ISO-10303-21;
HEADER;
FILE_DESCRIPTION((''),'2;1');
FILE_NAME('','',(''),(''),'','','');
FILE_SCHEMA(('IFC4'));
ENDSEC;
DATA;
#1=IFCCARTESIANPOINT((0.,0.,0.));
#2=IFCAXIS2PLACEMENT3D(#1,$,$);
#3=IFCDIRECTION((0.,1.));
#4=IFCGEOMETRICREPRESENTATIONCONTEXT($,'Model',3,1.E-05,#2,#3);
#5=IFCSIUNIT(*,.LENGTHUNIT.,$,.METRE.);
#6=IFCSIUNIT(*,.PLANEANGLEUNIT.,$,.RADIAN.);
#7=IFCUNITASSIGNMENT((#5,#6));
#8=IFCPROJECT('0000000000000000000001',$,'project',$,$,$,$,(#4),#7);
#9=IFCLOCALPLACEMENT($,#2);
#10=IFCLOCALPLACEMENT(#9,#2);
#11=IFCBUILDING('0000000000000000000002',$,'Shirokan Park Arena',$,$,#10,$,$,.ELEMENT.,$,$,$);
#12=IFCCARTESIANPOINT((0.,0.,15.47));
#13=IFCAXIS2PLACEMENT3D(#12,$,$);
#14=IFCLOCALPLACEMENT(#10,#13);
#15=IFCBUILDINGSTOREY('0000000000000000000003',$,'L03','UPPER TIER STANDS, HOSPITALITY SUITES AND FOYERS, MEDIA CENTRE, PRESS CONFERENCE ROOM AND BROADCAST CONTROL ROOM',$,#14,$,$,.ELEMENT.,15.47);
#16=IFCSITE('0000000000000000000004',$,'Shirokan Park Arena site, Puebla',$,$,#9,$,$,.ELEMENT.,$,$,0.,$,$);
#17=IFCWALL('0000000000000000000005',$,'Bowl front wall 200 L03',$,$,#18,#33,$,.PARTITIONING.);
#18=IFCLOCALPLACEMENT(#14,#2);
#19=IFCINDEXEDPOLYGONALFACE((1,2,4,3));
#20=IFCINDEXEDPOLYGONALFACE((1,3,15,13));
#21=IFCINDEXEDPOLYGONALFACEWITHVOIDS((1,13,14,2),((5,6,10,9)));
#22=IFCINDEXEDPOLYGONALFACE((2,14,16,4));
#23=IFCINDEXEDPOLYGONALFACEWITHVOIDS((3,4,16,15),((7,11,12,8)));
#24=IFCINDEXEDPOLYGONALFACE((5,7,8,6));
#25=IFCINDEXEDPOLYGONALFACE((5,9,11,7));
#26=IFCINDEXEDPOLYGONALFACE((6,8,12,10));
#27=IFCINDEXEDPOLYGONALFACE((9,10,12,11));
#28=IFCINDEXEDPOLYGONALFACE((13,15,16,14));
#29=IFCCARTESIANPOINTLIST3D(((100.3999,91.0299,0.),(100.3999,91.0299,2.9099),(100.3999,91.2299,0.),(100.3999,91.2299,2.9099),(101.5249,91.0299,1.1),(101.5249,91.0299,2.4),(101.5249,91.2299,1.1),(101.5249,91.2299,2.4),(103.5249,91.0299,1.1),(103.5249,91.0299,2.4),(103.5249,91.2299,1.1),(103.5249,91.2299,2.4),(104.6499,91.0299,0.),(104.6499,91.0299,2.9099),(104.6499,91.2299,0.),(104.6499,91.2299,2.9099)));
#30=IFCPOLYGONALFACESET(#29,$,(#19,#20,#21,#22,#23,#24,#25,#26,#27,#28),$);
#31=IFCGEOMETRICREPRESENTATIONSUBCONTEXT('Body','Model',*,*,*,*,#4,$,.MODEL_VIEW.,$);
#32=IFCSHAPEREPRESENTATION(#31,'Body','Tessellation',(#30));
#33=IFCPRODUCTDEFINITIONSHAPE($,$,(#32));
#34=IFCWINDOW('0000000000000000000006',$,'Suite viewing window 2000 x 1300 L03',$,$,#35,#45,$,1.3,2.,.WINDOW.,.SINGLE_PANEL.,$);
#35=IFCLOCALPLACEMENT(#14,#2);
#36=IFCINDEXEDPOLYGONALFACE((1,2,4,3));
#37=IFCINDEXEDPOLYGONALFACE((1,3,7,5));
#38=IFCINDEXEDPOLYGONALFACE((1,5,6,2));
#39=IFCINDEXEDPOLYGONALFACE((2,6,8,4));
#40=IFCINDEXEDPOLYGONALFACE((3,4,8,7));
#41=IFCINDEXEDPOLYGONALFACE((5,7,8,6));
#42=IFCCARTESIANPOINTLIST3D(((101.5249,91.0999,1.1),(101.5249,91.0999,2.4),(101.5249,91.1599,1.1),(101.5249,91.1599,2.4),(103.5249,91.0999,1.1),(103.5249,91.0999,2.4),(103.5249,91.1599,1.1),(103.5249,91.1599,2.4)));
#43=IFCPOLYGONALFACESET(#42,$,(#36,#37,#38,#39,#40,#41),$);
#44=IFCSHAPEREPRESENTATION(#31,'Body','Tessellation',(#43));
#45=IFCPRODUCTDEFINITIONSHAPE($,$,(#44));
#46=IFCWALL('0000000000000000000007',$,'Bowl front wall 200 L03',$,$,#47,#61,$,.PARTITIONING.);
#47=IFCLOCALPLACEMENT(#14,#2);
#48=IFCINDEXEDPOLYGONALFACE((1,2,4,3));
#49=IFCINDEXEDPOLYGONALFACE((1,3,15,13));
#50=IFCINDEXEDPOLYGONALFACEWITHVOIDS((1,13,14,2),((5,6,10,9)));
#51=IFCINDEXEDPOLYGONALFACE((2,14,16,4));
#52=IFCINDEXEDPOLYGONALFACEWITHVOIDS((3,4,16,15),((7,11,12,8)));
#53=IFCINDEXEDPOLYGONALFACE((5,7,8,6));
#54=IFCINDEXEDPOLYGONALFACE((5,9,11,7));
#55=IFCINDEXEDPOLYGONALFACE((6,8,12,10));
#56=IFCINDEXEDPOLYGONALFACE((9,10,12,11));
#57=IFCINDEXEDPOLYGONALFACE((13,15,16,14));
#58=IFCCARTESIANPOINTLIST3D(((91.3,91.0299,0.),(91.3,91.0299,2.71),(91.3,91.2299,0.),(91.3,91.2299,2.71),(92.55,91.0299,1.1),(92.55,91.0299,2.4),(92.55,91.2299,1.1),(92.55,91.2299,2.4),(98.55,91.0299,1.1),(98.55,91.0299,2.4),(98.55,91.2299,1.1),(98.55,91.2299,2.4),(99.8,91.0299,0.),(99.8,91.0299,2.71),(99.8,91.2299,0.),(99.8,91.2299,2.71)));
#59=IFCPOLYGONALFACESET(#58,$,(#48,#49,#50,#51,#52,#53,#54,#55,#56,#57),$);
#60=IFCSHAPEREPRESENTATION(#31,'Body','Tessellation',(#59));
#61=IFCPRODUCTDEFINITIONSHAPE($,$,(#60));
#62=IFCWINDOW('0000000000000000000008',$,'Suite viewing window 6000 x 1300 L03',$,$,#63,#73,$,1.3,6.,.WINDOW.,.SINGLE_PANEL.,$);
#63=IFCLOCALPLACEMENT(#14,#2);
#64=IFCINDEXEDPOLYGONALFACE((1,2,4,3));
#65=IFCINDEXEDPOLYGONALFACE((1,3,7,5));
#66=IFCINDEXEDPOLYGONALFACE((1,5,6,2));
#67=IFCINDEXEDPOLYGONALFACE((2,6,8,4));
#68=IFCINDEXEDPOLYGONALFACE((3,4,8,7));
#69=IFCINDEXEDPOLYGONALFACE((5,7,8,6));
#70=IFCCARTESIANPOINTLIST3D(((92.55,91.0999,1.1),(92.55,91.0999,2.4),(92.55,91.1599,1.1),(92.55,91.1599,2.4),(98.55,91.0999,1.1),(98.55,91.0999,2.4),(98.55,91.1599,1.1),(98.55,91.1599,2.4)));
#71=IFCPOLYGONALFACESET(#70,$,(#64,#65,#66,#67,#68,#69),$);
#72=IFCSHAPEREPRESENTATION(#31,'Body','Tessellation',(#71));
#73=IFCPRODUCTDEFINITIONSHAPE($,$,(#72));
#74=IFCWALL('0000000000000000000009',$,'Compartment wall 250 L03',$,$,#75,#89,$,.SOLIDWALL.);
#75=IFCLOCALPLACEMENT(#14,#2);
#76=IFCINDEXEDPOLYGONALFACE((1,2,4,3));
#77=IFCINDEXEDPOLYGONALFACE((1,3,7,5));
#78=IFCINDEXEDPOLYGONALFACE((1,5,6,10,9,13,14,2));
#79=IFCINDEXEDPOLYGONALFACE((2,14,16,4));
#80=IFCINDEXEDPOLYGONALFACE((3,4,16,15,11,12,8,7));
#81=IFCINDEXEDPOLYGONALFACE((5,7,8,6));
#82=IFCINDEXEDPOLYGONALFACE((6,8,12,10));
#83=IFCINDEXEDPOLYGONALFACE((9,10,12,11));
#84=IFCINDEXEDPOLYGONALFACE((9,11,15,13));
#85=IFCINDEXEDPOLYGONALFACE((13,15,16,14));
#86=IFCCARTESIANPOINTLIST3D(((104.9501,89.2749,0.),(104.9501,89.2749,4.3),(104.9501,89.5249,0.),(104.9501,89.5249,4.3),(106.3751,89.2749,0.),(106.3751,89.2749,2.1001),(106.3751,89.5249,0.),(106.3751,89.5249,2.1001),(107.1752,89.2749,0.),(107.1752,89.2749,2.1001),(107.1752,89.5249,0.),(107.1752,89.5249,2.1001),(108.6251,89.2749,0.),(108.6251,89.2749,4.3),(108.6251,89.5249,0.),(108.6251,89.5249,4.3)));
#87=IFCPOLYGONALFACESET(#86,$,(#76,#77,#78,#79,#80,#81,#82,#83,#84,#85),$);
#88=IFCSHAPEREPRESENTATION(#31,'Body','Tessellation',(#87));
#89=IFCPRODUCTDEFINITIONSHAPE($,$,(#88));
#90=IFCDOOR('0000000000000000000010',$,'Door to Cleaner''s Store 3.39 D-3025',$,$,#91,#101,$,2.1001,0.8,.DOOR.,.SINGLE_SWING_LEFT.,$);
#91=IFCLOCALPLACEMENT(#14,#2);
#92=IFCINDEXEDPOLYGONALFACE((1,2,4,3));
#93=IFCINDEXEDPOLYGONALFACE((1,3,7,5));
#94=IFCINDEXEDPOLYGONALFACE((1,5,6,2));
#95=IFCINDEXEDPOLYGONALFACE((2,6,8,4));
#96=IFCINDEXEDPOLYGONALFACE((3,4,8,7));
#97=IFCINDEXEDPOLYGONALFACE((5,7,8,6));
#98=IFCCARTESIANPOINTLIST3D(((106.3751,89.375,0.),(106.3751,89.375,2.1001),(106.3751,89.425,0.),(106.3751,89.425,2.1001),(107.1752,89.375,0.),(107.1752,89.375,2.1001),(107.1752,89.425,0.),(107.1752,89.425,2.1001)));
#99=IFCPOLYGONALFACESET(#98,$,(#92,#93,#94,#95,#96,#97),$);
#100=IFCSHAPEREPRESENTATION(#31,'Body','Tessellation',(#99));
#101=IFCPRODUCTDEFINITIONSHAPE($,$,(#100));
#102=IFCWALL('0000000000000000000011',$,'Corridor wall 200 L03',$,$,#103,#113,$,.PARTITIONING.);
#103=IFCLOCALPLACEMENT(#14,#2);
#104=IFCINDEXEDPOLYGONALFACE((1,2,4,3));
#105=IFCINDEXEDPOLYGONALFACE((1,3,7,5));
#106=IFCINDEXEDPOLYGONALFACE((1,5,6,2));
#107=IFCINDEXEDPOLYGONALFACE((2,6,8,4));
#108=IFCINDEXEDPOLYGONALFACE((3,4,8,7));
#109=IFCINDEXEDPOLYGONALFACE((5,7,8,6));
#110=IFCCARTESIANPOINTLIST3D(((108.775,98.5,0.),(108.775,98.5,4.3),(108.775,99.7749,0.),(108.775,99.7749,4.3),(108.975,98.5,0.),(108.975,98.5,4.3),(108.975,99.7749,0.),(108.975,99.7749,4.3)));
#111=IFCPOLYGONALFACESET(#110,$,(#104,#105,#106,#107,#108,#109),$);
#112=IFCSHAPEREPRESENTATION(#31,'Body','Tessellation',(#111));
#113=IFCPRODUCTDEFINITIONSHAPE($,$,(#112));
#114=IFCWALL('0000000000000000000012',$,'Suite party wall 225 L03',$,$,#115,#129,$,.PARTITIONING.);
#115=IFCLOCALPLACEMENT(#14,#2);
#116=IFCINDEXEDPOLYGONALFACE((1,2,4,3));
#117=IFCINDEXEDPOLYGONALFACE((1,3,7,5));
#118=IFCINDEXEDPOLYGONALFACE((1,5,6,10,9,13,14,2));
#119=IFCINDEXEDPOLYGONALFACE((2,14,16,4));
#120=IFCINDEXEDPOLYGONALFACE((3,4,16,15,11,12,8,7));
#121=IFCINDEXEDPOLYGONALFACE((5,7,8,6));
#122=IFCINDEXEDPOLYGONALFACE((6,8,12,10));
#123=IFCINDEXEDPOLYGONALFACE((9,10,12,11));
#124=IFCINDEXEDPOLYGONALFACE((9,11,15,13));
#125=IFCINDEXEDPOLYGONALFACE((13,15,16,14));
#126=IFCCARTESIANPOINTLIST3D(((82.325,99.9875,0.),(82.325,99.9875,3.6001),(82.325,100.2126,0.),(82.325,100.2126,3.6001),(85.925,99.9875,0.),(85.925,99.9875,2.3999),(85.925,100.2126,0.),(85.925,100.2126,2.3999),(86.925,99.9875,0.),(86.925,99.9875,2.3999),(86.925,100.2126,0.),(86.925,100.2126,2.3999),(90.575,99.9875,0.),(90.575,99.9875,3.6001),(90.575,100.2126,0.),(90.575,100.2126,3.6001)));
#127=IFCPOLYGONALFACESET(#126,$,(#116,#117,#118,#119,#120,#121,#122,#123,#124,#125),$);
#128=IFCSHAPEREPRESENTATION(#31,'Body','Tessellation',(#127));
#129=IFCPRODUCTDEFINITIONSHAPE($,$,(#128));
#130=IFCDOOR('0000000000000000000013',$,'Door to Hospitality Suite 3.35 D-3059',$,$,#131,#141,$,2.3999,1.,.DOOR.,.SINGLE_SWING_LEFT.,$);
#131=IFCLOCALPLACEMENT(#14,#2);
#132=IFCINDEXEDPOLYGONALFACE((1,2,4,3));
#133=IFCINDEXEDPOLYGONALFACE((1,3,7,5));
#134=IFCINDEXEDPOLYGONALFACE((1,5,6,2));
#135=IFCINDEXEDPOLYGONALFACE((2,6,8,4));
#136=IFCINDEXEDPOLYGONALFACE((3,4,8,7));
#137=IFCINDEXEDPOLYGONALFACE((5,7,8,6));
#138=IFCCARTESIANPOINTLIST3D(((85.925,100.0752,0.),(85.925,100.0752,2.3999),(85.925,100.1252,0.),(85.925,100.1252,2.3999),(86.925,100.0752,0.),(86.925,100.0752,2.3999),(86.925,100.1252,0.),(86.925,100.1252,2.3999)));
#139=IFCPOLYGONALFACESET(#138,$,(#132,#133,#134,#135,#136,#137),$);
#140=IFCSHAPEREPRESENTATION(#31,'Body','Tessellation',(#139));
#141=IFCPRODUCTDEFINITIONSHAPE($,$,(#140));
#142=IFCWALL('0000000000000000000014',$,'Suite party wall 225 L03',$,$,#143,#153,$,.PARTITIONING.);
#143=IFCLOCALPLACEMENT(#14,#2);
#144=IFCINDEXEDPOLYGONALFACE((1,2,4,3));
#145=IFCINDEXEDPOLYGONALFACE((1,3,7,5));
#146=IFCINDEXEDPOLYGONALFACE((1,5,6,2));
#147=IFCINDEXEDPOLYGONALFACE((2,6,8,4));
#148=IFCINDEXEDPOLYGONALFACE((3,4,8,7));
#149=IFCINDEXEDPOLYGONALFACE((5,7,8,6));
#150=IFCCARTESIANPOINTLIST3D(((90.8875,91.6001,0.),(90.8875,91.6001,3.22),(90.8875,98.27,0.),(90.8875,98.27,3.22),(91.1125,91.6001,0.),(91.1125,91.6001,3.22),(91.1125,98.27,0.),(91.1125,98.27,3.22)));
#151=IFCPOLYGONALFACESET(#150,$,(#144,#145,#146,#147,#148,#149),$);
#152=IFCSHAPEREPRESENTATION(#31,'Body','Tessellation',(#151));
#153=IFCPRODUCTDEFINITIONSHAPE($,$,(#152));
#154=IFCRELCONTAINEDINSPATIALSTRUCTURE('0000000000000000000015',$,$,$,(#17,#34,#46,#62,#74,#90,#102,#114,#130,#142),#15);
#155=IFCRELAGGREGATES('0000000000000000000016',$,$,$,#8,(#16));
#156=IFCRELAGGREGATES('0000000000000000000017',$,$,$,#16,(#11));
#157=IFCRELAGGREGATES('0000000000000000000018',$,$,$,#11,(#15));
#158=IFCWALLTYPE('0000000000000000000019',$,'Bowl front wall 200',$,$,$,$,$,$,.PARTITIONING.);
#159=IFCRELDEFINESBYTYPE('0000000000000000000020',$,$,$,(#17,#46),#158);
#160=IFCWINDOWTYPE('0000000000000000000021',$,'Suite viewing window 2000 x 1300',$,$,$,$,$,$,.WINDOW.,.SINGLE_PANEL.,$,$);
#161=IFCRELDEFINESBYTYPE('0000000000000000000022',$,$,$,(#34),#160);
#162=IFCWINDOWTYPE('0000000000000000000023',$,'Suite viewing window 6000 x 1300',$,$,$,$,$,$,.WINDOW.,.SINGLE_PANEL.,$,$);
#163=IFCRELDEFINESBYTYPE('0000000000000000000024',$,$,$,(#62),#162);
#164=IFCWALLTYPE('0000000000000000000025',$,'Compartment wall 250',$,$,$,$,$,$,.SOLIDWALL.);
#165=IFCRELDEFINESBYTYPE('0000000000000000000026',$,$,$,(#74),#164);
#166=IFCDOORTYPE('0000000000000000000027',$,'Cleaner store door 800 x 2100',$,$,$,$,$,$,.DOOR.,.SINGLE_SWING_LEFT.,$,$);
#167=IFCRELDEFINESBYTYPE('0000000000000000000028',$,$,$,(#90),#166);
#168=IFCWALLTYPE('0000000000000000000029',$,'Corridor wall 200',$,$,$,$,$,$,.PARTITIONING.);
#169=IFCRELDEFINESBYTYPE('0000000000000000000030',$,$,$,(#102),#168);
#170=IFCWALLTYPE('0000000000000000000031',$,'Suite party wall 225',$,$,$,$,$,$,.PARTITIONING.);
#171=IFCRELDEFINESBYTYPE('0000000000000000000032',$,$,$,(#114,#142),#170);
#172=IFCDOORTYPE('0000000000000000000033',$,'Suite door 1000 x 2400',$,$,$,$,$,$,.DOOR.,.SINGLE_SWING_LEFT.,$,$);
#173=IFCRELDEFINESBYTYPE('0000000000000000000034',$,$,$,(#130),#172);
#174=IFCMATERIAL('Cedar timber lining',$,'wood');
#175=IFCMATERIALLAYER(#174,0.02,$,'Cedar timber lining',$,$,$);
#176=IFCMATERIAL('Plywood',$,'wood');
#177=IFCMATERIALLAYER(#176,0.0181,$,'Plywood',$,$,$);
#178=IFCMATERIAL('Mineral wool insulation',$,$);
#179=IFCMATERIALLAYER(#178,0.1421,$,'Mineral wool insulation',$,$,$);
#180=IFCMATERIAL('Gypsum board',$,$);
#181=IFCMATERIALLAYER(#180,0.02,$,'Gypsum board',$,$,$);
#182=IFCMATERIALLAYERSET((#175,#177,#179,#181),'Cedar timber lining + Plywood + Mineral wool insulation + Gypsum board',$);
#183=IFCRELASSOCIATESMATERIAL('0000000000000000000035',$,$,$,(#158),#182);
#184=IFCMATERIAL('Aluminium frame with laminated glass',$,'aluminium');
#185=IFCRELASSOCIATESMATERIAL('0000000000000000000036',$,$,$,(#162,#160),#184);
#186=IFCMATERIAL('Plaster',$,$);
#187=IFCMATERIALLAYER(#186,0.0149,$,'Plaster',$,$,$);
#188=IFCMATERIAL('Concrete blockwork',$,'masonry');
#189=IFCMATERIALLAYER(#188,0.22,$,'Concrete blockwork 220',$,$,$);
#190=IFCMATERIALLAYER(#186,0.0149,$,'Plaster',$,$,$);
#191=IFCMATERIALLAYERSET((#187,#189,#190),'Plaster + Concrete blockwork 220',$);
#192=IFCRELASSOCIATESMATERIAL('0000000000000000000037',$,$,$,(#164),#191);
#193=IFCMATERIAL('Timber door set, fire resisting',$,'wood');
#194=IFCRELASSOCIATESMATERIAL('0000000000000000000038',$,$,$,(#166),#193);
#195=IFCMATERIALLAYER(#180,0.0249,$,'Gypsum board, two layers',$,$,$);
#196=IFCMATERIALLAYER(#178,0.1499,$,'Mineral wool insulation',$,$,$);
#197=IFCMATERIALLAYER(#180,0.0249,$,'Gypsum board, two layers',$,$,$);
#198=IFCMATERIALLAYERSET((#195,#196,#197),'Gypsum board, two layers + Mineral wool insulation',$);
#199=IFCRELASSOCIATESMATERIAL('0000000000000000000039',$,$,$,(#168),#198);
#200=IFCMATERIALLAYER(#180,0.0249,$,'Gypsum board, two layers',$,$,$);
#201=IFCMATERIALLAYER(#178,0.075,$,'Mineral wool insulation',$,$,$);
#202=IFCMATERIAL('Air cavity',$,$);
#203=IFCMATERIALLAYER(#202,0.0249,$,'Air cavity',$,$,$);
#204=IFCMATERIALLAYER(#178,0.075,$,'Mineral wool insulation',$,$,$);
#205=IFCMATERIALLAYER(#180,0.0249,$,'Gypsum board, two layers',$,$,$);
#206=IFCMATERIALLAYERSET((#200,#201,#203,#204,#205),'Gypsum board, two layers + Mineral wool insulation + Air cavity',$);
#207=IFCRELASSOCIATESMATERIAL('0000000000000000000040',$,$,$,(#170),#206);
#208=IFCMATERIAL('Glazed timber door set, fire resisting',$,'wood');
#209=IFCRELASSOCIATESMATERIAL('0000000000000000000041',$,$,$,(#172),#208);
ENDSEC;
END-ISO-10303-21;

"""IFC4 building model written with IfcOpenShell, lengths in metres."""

from ifc_helpers import new_model, si_unit, direction, frame, frame_2d, origin, place, context, subcontext, project, spatial, rectangle, extrude, material, layer, layer_set, type_object, element, fill, save


model = new_model("IFC4")

# Units and contexts
model_context = context("Model", 3, precision=1e-05, world=origin(), true_north=direction((0.0, 1.0)))
body_context = subcontext(model_context, "Body", "Model", "MODEL_VIEW")
ifc_project = project(units=[si_unit("LENGTHUNIT", "METRE"), si_unit("PLANEANGLEUNIT", "RADIAN")], contexts=[model_context])

# Site, building, storey
site_placement = place(None, origin())
site = spatial("IfcSite", under=ifc_project, at=site_placement, Name="Shirokan Park Arena site, Puebla", CompositionType="ELEMENT", RefElevation=0.0)
building_placement = place(site_placement, origin())
building = spatial("IfcBuilding", under=site, at=building_placement, Name="Shirokan Park Arena", CompositionType="ELEMENT")
storey_placement = place(building_placement, frame((0.0, 0.0, 15.47)))
storey = spatial("IfcBuildingStorey", under=building, at=storey_placement, Name="L03", Description="UPPER TIER STANDS, HOSPITALITY SUITES AND FOYERS, MEDIA CENTRE, PRESS CONFERENCE ROOM AND BROADCAST CONTROL ROOM", CompositionType="ELEMENT", Elevation=15.47)

# Walls, openings, windows
ifc_material_1 = material(Name="Cedar timber lining", Category="wood")
ifc_layer_1 = layer(ifc_material_1, 0.02, Name="Cedar timber lining")
ifc_material_2 = material(Name="Plywood", Category="wood")
ifc_layer_2 = layer(ifc_material_2, 0.0181, Name="Plywood")
ifc_material_3 = material(Name="Mineral wool insulation")
ifc_layer_3 = layer(ifc_material_3, 0.1421, Name="Mineral wool insulation")
ifc_material_4 = material(Name="Gypsum board")
ifc_layer_4 = layer(ifc_material_4, 0.02, Name="Gypsum board")
ifc_layer_set_1 = layer_set([ifc_layer_1, ifc_layer_2, ifc_layer_3, ifc_layer_4], Name="Cedar timber lining + Plywood + Mineral wool insulation + Gypsum board")
wall_type_1 = type_object("IfcWallType", Name="Bowl front wall 200", PredefinedType="PARTITIONING", material=ifc_layer_set_1)
ifc_material_5 = material(Name="Aluminium frame with laminated glass", Category="aluminium")
window_type_1 = type_object("IfcWindowType", Name="Suite viewing window 6000 x 1300", PartitioningType="SINGLE_PANEL", PredefinedType="WINDOW", material=ifc_material_5)
wall_1_placement = place(storey_placement, frame((104.6499, 91.1299, 0.0), z_axis=(0.0, 0.0, 1.0), x_axis=(-1.0, 0.0, 0.0)))
wall_1 = element("IfcWall", 1, at=wall_1_placement, inside=storey, type_object=wall_type_1, Name="Bowl front wall 200 L03", PredefinedType="PARTITIONING", context=body_context, shape_type="SweptSolid", body=[
    extrude(rectangle(XDim=4.25, YDim=0.2, at=frame_2d((2.125, 0.0))), origin(), (0.0, 0.0, 1.0), 2.9099),
])
opening_1_placement = place(wall_1_placement, frame((1.125, 0.0, 1.1001)))
opening_1 = element("IfcOpeningElement", 2, at=opening_1_placement, cuts=wall_1, PredefinedType="OPENING", context=body_context, shape_type="SweptSolid", body=[
    extrude(rectangle(XDim=2.0, YDim=1.3, at=frame_2d((1.0, 0.6499))), frame((0.0, 0.1099, 0.0), z_axis=(0.0, -1.0, 0.0), x_axis=(1.0, 0.0, 0.0)), (0.0, 0.0, 1.0), 0.22),
])
window_type_2 = type_object("IfcWindowType", Name="Suite viewing window 2000 x 1300", PartitioningType="SINGLE_PANEL", PredefinedType="WINDOW", material=ifc_material_5)
window_1_placement = place(opening_1_placement, origin())
window_1 = element("IfcWindow", 3, at=window_1_placement, inside=storey, type_object=window_type_2, Name="Suite viewing window 2000 x 1300 L03", OverallHeight=1.3, OverallWidth=2.0, PartitioningType="SINGLE_PANEL", PredefinedType="WINDOW", context=body_context, shape_type="SweptSolid", body=[
    extrude(rectangle(XDim=2.0, YDim=1.3, at=frame_2d((1.0, 0.6499))), frame((0.0, 0.03, 0.0), z_axis=(0.0, -1.0, 0.0), x_axis=(1.0, 0.0, 0.0)), (0.0, 0.0, 1.0), 0.0601),
])
fill(opening_1, window_1)
wall_2_placement = place(storey_placement, frame((99.8, 91.1299, 0.0), z_axis=(0.0, 0.0, 1.0), x_axis=(-1.0, 0.0, 0.0)))
wall_2 = element("IfcWall", 4, at=wall_2_placement, inside=storey, type_object=wall_type_1, Name="Bowl front wall 200 L03", PredefinedType="PARTITIONING", context=body_context, shape_type="SweptSolid", body=[
    extrude(rectangle(XDim=8.5, YDim=0.2, at=frame_2d((4.25, 0.0))), origin(), (0.0, 0.0, 1.0), 2.71),
])
opening_2_placement = place(wall_2_placement, frame((1.25, 0.0, 1.1001)))
opening_2 = element("IfcOpeningElement", 5, at=opening_2_placement, cuts=wall_2, PredefinedType="OPENING", context=body_context, shape_type="SweptSolid", body=[
    extrude(rectangle(XDim=6.0, YDim=1.3, at=frame_2d((3.0, 0.6499))), frame((0.0, 0.1099, 0.0), z_axis=(0.0, -1.0, 0.0), x_axis=(1.0, 0.0, 0.0)), (0.0, 0.0, 1.0), 0.22),
])
window_2_placement = place(opening_2_placement, origin())
window_2 = element("IfcWindow", 6, at=window_2_placement, inside=storey, type_object=window_type_1, Name="Suite viewing window 6000 x 1300 L03", OverallHeight=1.3, OverallWidth=6.0, PartitioningType="SINGLE_PANEL", PredefinedType="WINDOW", context=body_context, shape_type="SweptSolid", body=[
    extrude(rectangle(XDim=6.0, YDim=1.3, at=frame_2d((3.0, 0.6499))), frame((0.0, 0.03, 0.0), z_axis=(0.0, -1.0, 0.0), x_axis=(1.0, 0.0, 0.0)), (0.0, 0.0, 1.0), 0.0601),
])
fill(opening_2, window_2)

# Wall, opening, door
ifc_material_6 = material(Name="Plaster")
ifc_layer_5 = layer(ifc_material_6, 0.0149, Name="Plaster")
ifc_material_7 = material(Name="Concrete blockwork", Category="masonry")
ifc_layer_6 = layer(ifc_material_7, 0.22, Name="Concrete blockwork 220")
ifc_layer_7 = layer(ifc_material_6, 0.0149, Name="Plaster")
ifc_layer_set_2 = layer_set([ifc_layer_5, ifc_layer_6, ifc_layer_7], Name="Plaster + Concrete blockwork 220")
wall_type_2 = type_object("IfcWallType", Name="Compartment wall 250", PredefinedType="SOLIDWALL", material=ifc_layer_set_2)
wall_3_placement = place(storey_placement, frame((108.625, 89.3999, 0.0), z_axis=(0.0, 0.0, 1.0), x_axis=(-1.0, 0.0, 0.0)))
wall_3 = element("IfcWall", 7, at=wall_3_placement, inside=storey, type_object=wall_type_2, Name="Compartment wall 250 L03", PredefinedType="SOLIDWALL", context=body_context, shape_type="SweptSolid", body=[
    extrude(rectangle(XDim=3.675, YDim=0.25, at=frame_2d((1.8374, 0.0))), origin(), (0.0, 0.0, 1.0), 4.3),
])
opening_3_placement = place(wall_3_placement, frame((1.45, 0.0, 0.0)))
opening_3 = element("IfcOpeningElement", 8, at=opening_3_placement, cuts=wall_3, PredefinedType="OPENING", context=body_context, shape_type="SweptSolid", body=[
    extrude(rectangle(XDim=0.8, YDim=2.1001, at=frame_2d((0.3999, 1.05))), frame((0.0, 0.135, 0.0), z_axis=(0.0, -1.0, 0.0), x_axis=(1.0, 0.0, 0.0)), (0.0, 0.0, 1.0), 0.27),
])
ifc_material_8 = material(Name="Timber door set, fire resisting", Category="wood")
door_type_1 = type_object("IfcDoorType", Name="Cleaner store door 800 x 2100", OperationType="SINGLE_SWING_LEFT", PredefinedType="DOOR", material=ifc_material_8)
door_1_placement = place(opening_3_placement, origin())
door_1 = element("IfcDoor", 9, at=door_1_placement, inside=storey, type_object=door_type_1, Name="Door to Cleaner's Store 3.39 D-3025", OperationType="SINGLE_SWING_LEFT", OverallHeight=2.1001, OverallWidth=0.8, PredefinedType="DOOR", context=body_context, shape_type="SweptSolid", body=[
    extrude(rectangle(XDim=0.8, YDim=2.1001, at=frame_2d((0.3999, 1.05))), frame((0.0, 0.0249, 0.0), z_axis=(0.0, -1.0, 0.0), x_axis=(1.0, 0.0, 0.0)), (0.0, 0.0, 1.0), 0.05),
])
fill(opening_3, door_1)
ifc_layer_8 = layer(ifc_material_4, 0.0249, Name="Gypsum board, two layers")
ifc_layer_9 = layer(ifc_material_3, 0.1499, Name="Mineral wool insulation")
ifc_layer_10 = layer(ifc_material_4, 0.0249, Name="Gypsum board, two layers")
ifc_layer_set_3 = layer_set([ifc_layer_8, ifc_layer_9, ifc_layer_10], Name="Gypsum board, two layers + Mineral wool insulation")
wall_type_3 = type_object("IfcWallType", Name="Corridor wall 200", PredefinedType="PARTITIONING", material=ifc_layer_set_3)

# Wall
wall_4_placement = place(storey_placement, frame((108.875, 98.5, 0.0), z_axis=(0.0, 0.0, 1.0), x_axis=(0.0, 1.0, 0.0)))
element("IfcWall", 10, at=wall_4_placement, inside=storey, type_object=wall_type_3, Name="Corridor wall 200 L03", PredefinedType="PARTITIONING", context=body_context, shape_type="SweptSolid", body=[
    extrude(rectangle(XDim=1.2749, YDim=0.2, at=frame_2d((0.6375, 0.0))), origin(), (0.0, 0.0, 1.0), 4.3),
])

# Wall, opening, door
ifc_layer_11 = layer(ifc_material_4, 0.0249, Name="Gypsum board, two layers")
ifc_layer_12 = layer(ifc_material_3, 0.075, Name="Mineral wool insulation")
ifc_material_9 = material(Name="Air cavity")
ifc_layer_13 = layer(ifc_material_9, 0.0249, Name="Air cavity")
ifc_layer_14 = layer(ifc_material_3, 0.075, Name="Mineral wool insulation")
ifc_layer_15 = layer(ifc_material_4, 0.0249, Name="Gypsum board, two layers")
ifc_layer_set_4 = layer_set([ifc_layer_11, ifc_layer_12, ifc_layer_13, ifc_layer_14, ifc_layer_15], Name="Gypsum board, two layers + Mineral wool insulation + Air cavity")
wall_type_4 = type_object("IfcWallType", Name="Suite party wall 225", PredefinedType="PARTITIONING", material=ifc_layer_set_4)
wall_5_placement = place(storey_placement, frame((90.575, 100.1001, 0.0), z_axis=(0.0, 0.0, 1.0), x_axis=(-1.0, 0.0, 0.0)))
wall_5 = element("IfcWall", 11, at=wall_5_placement, inside=storey, type_object=wall_type_4, Name="Suite party wall 225 L03", PredefinedType="PARTITIONING", context=body_context, shape_type="SweptSolid", body=[
    extrude(rectangle(XDim=8.25, YDim=0.2251, at=frame_2d((4.125, 0.0))), origin(), (0.0, 0.0, 1.0), 3.6001),
])
opening_4_placement = place(wall_5_placement, frame((3.6499, 0.0, 0.0)))
opening_4 = element("IfcOpeningElement", 12, at=opening_4_placement, cuts=wall_5, PredefinedType="OPENING", context=body_context, shape_type="SweptSolid", body=[
    extrude(rectangle(XDim=1.0, YDim=2.3999, at=frame_2d((0.5, 1.2))), frame((0.0, 0.1226, 0.0), z_axis=(0.0, -1.0, 0.0), x_axis=(1.0, 0.0, 0.0)), (0.0, 0.0, 1.0), 0.2451),
])
ifc_material_10 = material(Name="Glazed timber door set, fire resisting", Category="wood")
door_type_2 = type_object("IfcDoorType", Name="Suite door 1000 x 2400", OperationType="SINGLE_SWING_LEFT", PredefinedType="DOOR", material=ifc_material_10)
door_2_placement = place(opening_4_placement, origin())
door_2 = element("IfcDoor", 13, at=door_2_placement, inside=storey, type_object=door_type_2, Name="Door to Hospitality Suite 3.35 D-3059", OperationType="SINGLE_SWING_LEFT", OverallHeight=2.3999, OverallWidth=1.0, PredefinedType="DOOR", context=body_context, shape_type="SweptSolid", body=[
    extrude(rectangle(XDim=1.0, YDim=2.3999, at=frame_2d((0.5, 1.2))), frame((0.0, 0.0249, 0.0), z_axis=(0.0, -1.0, 0.0), x_axis=(1.0, 0.0, 0.0)), (0.0, 0.0, 1.0), 0.05),
])
fill(opening_4, door_2)

# Wall
wall_6_placement = place(storey_placement, frame((91.0, 98.27, 0.0), z_axis=(0.0, 0.0, 1.0), x_axis=(0.0, -1.0, 0.0)))
element("IfcWall", 14, at=wall_6_placement, inside=storey, type_object=wall_type_4, Name="Suite party wall 225 L03", PredefinedType="PARTITIONING", context=body_context, shape_type="SweptSolid", body=[
    extrude(rectangle(XDim=6.6699, YDim=0.2251, at=frame_2d((3.335, 0.0))), origin(), (0.0, 0.0, 1.0), 3.22),
])

save(model, "model.ifc")
